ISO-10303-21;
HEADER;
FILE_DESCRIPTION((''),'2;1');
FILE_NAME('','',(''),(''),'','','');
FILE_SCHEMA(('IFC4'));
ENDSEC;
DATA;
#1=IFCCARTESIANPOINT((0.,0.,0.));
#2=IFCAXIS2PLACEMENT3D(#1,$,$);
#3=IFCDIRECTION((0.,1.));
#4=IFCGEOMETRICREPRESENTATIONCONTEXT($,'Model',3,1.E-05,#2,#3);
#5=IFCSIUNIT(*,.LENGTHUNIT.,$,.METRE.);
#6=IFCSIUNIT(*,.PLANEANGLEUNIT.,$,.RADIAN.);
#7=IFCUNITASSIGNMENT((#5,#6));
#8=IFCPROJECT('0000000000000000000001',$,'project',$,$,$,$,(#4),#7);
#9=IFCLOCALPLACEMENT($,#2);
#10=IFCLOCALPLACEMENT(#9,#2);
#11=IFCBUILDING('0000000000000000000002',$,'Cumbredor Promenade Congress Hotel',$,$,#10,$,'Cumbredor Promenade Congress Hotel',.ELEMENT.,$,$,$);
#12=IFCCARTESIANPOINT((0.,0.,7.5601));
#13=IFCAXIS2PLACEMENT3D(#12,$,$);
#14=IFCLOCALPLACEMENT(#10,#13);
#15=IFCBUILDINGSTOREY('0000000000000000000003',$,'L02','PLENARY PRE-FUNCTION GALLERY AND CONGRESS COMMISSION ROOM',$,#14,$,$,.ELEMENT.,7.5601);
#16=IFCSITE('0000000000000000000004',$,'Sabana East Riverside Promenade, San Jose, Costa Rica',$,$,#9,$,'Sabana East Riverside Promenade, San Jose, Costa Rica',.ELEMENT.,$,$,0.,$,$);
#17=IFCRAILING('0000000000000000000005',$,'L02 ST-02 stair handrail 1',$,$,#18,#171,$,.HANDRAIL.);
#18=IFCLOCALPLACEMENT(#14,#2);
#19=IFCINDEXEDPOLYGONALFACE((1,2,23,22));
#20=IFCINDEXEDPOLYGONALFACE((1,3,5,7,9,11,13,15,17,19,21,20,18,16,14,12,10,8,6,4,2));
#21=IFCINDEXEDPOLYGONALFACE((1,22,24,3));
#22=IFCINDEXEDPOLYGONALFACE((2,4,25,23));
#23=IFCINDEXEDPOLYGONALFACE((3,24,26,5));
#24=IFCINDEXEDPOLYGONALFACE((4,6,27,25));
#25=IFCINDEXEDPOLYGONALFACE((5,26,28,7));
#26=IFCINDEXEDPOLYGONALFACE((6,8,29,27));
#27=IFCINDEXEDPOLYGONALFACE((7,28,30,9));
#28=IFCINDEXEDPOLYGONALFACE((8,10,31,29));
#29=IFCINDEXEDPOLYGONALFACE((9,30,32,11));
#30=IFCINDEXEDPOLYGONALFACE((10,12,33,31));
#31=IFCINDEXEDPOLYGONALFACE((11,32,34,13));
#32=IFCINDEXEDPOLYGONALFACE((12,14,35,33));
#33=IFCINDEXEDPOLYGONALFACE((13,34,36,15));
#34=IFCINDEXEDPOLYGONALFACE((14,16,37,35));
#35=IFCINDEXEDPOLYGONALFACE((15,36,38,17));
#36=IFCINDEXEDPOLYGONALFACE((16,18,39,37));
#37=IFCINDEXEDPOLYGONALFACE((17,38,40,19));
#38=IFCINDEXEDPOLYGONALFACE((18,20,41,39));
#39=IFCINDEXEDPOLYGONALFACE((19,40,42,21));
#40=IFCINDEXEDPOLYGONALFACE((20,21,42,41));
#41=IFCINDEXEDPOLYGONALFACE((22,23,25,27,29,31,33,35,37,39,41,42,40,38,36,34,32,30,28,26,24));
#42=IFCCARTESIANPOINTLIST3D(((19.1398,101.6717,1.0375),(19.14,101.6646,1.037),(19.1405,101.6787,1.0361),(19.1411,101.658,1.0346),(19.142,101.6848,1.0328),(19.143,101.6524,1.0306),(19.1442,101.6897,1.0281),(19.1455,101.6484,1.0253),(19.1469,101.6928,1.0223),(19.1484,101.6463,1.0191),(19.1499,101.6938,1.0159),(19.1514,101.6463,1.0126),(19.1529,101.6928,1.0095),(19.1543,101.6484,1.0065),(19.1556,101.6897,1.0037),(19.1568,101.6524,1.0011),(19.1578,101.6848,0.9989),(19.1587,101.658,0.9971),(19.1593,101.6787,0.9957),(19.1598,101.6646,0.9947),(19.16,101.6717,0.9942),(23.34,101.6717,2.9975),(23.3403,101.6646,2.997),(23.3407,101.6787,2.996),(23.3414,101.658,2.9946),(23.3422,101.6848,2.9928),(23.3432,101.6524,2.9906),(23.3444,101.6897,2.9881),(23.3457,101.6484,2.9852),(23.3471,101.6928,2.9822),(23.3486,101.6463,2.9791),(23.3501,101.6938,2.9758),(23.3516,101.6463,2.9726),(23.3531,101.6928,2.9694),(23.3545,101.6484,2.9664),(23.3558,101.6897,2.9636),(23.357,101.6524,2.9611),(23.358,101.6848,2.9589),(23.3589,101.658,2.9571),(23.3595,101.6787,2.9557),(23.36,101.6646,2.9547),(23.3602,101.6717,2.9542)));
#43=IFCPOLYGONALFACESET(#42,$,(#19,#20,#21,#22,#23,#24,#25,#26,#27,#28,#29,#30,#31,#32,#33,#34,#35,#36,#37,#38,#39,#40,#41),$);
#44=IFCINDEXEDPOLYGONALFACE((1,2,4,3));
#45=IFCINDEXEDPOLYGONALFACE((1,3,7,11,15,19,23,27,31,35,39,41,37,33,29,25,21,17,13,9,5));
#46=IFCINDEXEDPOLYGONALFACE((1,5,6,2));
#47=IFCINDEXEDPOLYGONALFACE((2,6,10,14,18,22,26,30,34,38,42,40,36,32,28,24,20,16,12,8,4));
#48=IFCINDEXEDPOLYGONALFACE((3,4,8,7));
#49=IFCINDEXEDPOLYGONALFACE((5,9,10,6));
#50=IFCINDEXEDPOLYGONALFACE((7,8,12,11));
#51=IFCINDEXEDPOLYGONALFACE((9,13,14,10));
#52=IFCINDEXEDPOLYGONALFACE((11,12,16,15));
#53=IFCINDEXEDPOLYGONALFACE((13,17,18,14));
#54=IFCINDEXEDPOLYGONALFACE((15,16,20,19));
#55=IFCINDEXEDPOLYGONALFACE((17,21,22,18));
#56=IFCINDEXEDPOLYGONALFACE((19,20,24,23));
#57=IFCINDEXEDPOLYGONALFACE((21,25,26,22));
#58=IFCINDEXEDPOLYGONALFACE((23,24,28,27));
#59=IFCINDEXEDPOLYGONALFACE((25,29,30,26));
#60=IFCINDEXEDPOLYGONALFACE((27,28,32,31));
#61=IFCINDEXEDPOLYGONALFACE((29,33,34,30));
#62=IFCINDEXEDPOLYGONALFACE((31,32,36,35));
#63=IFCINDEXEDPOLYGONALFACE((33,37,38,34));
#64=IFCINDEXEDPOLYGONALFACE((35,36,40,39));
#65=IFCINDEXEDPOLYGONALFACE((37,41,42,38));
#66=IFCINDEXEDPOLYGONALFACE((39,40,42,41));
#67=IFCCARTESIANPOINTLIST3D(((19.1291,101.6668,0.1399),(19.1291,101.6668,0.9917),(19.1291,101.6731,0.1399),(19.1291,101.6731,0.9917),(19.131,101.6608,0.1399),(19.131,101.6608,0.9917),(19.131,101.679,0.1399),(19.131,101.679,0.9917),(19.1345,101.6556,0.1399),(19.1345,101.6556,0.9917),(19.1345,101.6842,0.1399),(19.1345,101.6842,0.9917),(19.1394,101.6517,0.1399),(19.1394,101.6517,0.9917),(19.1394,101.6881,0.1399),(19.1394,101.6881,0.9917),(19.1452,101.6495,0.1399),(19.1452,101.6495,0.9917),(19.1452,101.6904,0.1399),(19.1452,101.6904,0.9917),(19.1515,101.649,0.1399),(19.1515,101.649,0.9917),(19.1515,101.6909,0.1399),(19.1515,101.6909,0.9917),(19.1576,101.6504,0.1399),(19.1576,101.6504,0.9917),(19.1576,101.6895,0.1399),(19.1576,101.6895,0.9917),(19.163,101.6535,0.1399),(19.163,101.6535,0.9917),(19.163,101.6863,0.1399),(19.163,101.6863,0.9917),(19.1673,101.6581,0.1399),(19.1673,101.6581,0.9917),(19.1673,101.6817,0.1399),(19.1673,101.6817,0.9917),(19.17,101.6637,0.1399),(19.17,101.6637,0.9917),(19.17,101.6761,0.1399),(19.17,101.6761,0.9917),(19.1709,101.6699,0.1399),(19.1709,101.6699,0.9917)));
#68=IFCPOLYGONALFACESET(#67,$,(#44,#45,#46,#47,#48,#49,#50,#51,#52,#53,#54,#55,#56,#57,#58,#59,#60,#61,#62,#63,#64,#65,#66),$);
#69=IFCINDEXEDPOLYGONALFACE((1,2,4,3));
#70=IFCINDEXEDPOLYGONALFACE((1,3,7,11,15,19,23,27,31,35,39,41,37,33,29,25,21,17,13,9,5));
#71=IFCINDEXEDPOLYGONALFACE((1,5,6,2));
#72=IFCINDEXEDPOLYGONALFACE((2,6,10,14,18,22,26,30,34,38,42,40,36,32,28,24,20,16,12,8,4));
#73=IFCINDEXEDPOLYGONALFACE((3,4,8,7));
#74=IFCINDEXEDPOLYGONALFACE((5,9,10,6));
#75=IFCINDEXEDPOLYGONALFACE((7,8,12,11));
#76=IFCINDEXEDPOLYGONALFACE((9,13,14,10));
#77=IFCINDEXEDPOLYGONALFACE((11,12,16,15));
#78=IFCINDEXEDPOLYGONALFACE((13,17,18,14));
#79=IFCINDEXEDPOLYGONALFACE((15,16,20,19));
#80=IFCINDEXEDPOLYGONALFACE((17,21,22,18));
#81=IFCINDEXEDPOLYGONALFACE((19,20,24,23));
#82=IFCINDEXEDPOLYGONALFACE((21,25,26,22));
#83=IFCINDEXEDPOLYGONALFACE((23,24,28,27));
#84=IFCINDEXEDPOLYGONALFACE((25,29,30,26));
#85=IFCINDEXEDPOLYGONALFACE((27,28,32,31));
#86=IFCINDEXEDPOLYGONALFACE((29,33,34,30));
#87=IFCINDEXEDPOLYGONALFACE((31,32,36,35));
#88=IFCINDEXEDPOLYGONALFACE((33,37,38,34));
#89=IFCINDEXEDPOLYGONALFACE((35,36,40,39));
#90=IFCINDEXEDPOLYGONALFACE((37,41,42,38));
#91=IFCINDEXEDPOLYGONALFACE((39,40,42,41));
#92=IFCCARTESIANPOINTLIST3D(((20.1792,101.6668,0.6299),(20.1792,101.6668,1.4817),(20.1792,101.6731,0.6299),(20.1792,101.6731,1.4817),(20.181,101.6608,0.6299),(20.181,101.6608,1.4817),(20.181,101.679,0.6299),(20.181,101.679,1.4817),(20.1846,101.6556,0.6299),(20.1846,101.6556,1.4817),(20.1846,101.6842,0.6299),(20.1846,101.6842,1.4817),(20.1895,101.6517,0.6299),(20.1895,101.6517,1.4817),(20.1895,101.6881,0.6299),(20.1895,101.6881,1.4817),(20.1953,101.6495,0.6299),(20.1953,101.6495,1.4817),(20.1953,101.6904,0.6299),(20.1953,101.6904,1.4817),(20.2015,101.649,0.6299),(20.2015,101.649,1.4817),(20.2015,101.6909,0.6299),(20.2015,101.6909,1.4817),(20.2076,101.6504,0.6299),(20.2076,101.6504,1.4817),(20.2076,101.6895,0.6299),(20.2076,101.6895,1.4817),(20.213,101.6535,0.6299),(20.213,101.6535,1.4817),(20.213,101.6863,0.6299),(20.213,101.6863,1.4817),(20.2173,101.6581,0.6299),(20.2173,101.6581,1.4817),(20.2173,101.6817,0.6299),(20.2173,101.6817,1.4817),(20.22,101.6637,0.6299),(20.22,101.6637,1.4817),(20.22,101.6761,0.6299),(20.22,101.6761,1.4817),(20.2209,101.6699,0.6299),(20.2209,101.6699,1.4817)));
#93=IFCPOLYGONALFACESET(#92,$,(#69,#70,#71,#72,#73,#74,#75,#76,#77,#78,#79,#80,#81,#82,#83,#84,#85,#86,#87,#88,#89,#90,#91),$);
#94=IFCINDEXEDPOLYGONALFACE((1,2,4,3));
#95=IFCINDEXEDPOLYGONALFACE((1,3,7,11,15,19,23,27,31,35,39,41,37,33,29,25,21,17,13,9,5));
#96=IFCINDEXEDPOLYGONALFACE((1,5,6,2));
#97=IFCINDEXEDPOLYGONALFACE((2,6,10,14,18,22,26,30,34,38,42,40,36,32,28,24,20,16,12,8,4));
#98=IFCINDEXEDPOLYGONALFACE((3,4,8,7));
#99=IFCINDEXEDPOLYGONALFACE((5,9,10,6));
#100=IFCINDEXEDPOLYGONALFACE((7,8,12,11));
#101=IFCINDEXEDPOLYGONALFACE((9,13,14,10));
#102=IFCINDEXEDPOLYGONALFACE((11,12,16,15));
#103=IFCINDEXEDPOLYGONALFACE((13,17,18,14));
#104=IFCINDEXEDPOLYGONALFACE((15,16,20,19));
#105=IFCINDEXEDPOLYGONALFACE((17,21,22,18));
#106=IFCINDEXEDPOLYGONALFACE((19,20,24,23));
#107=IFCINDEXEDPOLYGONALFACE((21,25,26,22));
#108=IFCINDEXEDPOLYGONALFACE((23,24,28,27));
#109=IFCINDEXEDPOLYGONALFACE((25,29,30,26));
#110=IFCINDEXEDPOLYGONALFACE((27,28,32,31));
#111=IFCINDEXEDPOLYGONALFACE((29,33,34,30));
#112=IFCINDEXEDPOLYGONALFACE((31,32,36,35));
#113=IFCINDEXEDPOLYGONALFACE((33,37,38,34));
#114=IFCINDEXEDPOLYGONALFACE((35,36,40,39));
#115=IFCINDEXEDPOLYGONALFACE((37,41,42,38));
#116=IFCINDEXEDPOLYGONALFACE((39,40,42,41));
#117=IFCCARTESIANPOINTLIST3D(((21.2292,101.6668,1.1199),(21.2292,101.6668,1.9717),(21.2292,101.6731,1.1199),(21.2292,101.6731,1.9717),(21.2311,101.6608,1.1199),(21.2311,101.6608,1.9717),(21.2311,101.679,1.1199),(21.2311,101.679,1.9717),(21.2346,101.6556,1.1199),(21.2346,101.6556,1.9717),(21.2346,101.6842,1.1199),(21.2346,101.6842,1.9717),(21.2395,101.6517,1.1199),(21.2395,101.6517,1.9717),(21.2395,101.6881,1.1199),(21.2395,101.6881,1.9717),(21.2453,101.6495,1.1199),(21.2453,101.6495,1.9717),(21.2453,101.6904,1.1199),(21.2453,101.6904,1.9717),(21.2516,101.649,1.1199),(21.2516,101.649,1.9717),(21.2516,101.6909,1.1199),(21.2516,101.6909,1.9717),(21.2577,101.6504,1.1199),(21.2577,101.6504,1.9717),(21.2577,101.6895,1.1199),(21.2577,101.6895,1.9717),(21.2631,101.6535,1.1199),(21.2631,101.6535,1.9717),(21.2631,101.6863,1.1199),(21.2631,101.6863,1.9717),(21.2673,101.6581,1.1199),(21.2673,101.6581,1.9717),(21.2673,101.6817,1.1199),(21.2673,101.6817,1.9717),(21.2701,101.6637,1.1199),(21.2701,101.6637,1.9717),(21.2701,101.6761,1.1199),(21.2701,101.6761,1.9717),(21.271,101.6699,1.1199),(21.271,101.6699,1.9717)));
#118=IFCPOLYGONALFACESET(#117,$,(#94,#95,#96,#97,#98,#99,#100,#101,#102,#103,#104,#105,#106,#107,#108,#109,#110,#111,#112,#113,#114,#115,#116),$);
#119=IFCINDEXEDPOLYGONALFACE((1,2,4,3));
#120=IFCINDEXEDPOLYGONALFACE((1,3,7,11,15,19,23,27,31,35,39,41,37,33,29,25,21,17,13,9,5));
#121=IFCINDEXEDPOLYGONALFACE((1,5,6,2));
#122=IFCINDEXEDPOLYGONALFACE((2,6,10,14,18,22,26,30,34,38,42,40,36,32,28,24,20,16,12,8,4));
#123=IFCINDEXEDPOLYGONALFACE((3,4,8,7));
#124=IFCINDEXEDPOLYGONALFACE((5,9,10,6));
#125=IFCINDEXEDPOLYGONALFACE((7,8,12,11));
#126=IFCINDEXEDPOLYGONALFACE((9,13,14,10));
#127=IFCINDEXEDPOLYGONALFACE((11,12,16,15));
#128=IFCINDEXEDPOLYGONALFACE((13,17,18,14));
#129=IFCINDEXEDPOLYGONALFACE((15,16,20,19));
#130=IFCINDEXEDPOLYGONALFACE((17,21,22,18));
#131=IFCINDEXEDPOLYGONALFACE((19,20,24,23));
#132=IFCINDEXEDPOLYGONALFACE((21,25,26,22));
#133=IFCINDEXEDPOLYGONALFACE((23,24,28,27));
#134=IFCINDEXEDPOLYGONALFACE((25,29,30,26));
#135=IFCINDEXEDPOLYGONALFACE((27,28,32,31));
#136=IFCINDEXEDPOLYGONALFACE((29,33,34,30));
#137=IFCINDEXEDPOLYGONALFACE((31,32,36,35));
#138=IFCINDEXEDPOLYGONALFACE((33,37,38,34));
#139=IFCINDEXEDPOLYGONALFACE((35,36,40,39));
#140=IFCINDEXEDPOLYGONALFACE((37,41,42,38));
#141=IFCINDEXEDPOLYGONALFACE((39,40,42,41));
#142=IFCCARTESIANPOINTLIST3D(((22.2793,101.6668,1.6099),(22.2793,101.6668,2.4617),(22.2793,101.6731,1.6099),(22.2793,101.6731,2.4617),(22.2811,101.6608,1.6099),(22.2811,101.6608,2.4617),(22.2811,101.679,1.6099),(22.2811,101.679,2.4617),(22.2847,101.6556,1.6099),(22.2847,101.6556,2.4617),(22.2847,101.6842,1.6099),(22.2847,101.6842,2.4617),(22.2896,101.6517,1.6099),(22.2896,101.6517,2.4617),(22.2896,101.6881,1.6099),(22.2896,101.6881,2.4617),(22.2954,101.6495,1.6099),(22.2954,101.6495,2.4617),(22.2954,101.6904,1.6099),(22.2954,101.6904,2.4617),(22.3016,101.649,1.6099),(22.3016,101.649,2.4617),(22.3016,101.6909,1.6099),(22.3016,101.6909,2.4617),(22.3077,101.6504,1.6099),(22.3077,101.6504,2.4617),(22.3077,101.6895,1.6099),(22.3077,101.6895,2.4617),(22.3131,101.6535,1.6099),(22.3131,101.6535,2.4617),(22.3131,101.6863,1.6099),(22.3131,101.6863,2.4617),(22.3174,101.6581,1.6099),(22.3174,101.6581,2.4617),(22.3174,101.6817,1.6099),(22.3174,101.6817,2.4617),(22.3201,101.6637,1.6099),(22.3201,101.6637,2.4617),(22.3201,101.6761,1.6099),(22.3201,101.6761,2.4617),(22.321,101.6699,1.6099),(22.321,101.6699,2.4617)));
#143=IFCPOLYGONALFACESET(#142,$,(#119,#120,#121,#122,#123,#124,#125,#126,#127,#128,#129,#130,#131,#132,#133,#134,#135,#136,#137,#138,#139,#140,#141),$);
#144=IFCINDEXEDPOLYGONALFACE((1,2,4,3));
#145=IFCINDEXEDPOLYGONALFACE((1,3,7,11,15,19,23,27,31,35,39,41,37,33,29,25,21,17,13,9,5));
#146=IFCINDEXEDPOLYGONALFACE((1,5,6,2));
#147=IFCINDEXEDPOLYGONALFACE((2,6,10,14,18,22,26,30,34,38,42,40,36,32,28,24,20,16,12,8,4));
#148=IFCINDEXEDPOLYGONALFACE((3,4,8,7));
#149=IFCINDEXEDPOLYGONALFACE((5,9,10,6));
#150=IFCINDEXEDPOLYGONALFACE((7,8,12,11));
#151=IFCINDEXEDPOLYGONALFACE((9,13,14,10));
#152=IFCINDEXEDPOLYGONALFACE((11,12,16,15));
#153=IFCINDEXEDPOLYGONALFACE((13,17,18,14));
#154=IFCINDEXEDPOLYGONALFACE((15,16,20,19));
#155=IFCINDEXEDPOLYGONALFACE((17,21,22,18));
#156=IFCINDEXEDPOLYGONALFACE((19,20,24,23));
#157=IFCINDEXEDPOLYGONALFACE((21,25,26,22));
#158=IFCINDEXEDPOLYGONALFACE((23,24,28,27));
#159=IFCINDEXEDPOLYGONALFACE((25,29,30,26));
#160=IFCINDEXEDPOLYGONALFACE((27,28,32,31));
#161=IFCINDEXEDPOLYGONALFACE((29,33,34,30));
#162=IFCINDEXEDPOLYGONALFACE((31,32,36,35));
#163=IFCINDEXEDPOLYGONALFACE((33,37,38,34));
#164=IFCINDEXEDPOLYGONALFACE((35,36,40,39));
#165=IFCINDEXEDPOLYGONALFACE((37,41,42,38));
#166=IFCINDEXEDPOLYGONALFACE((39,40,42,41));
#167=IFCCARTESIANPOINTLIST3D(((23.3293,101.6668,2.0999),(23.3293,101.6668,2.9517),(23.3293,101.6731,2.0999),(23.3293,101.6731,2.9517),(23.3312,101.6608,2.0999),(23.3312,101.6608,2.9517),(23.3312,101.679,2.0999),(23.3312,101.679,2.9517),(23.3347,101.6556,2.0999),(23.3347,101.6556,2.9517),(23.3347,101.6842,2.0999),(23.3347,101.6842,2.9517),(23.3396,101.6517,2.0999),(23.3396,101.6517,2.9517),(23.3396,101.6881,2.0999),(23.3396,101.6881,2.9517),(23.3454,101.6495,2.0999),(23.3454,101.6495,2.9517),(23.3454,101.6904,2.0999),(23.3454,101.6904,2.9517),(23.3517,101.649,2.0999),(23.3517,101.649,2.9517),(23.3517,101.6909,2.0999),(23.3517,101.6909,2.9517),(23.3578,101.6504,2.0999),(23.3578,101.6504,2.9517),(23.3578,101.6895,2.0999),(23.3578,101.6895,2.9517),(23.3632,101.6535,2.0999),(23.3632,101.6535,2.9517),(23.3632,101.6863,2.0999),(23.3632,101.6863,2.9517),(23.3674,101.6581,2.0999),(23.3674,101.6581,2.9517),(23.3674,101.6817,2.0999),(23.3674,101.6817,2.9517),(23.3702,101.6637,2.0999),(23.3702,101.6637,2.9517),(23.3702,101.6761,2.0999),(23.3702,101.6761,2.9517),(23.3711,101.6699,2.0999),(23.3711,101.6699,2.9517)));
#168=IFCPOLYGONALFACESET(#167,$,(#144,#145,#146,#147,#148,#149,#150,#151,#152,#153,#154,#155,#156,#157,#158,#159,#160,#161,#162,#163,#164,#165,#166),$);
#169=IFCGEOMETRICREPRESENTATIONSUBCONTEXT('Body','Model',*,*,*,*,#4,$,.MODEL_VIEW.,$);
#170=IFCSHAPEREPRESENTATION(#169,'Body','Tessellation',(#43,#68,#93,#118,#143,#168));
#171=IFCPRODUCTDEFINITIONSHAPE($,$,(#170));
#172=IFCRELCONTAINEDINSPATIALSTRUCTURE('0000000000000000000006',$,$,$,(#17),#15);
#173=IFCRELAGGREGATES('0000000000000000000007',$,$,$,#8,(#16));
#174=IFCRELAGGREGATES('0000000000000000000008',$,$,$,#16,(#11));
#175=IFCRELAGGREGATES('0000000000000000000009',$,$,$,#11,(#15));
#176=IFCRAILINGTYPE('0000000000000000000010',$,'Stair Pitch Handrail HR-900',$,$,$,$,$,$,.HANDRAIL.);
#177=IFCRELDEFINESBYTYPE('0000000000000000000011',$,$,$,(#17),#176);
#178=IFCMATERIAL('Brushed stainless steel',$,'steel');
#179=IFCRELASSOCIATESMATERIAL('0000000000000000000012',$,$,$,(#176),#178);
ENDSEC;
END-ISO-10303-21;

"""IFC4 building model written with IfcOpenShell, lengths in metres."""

from ifc_helpers import new_model, si_unit, direction, frame, origin, origin_2d, place, context, subcontext, project, spatial, circle, extrude, material, type_object, element, save


model = new_model("IFC4")

# Units and contexts
model_context = context("Model", 3, precision=1e-05, world=origin(), true_north=direction((0.0, 1.0)))
body_context = subcontext(model_context, "Body", "Model", "MODEL_VIEW")
ifc_project = project(units=[si_unit("LENGTHUNIT", "METRE"), si_unit("PLANEANGLEUNIT", "RADIAN")], contexts=[model_context])

# Site, building, storey
site_placement = place(None, origin())
site = spatial("IfcSite", under=ifc_project, at=site_placement, Name="Sabana East Riverside Promenade, San Jose, Costa Rica", LongName="Sabana East Riverside Promenade, San Jose, Costa Rica", CompositionType="ELEMENT", RefElevation=0.0)
building_placement = place(site_placement, origin())
building = spatial("IfcBuilding", under=site, at=building_placement, Name="Cumbredor Promenade Congress Hotel", LongName="Cumbredor Promenade Congress Hotel", CompositionType="ELEMENT")
storey_placement = place(building_placement, frame((0.0, 0.0, 7.5601)))
storey = spatial("IfcBuildingStorey", under=building, at=storey_placement, Name="L02", Description="PLENARY PRE-FUNCTION GALLERY AND CONGRESS COMMISSION ROOM", CompositionType="ELEMENT", Elevation=7.5601)

# Shared definitions
ifc_material_1 = material(Name="Brushed stainless steel", Category="steel")

# Railing
railing_type_1 = type_object("IfcRailingType", Name="Stair Pitch Handrail HR-900", PredefinedType="HANDRAIL", material=ifc_material_1)
railing_1_placement = place(storey_placement, frame((19.1499, 101.6699, 0.1399)))
element("IfcRailing", 1, at=railing_1_placement, inside=storey, type_object=railing_type_1, Name="L02 ST-02 stair handrail 1", PredefinedType="HANDRAIL", context=body_context, shape_type="SweptSolid", body=[
    extrude(circle(Radius=0.0239, at=origin_2d()), frame((0.0, 0.0, 0.876), z_axis=(0.906194, 0.0, 0.422862), x_axis=(0.0, 1.0, 0.0)), (0.0, 0.0, 1.0), 4.635),
    extrude(circle(Radius=0.021, at=origin_2d()), origin(), (0.0, 0.0, 1.0), 0.8518),
    extrude(circle(Radius=0.021, at=origin_2d()), frame((1.05, 0.0, 0.49)), (0.0, 0.0, 1.0), 0.8518),
    extrude(circle(Radius=0.021, at=origin_2d()), frame((2.1001, 0.0, 0.98)), (0.0, 0.0, 1.0), 0.8518),
    extrude(circle(Radius=0.021, at=origin_2d()), frame((3.1501, 0.0, 1.47)), (0.0, 0.0, 1.0), 0.8518),
    extrude(circle(Radius=0.021, at=origin_2d()), frame((4.2002, 0.0, 1.96)), (0.0, 0.0, 1.0), 0.8518),
])

save(model, "model.ifc")
